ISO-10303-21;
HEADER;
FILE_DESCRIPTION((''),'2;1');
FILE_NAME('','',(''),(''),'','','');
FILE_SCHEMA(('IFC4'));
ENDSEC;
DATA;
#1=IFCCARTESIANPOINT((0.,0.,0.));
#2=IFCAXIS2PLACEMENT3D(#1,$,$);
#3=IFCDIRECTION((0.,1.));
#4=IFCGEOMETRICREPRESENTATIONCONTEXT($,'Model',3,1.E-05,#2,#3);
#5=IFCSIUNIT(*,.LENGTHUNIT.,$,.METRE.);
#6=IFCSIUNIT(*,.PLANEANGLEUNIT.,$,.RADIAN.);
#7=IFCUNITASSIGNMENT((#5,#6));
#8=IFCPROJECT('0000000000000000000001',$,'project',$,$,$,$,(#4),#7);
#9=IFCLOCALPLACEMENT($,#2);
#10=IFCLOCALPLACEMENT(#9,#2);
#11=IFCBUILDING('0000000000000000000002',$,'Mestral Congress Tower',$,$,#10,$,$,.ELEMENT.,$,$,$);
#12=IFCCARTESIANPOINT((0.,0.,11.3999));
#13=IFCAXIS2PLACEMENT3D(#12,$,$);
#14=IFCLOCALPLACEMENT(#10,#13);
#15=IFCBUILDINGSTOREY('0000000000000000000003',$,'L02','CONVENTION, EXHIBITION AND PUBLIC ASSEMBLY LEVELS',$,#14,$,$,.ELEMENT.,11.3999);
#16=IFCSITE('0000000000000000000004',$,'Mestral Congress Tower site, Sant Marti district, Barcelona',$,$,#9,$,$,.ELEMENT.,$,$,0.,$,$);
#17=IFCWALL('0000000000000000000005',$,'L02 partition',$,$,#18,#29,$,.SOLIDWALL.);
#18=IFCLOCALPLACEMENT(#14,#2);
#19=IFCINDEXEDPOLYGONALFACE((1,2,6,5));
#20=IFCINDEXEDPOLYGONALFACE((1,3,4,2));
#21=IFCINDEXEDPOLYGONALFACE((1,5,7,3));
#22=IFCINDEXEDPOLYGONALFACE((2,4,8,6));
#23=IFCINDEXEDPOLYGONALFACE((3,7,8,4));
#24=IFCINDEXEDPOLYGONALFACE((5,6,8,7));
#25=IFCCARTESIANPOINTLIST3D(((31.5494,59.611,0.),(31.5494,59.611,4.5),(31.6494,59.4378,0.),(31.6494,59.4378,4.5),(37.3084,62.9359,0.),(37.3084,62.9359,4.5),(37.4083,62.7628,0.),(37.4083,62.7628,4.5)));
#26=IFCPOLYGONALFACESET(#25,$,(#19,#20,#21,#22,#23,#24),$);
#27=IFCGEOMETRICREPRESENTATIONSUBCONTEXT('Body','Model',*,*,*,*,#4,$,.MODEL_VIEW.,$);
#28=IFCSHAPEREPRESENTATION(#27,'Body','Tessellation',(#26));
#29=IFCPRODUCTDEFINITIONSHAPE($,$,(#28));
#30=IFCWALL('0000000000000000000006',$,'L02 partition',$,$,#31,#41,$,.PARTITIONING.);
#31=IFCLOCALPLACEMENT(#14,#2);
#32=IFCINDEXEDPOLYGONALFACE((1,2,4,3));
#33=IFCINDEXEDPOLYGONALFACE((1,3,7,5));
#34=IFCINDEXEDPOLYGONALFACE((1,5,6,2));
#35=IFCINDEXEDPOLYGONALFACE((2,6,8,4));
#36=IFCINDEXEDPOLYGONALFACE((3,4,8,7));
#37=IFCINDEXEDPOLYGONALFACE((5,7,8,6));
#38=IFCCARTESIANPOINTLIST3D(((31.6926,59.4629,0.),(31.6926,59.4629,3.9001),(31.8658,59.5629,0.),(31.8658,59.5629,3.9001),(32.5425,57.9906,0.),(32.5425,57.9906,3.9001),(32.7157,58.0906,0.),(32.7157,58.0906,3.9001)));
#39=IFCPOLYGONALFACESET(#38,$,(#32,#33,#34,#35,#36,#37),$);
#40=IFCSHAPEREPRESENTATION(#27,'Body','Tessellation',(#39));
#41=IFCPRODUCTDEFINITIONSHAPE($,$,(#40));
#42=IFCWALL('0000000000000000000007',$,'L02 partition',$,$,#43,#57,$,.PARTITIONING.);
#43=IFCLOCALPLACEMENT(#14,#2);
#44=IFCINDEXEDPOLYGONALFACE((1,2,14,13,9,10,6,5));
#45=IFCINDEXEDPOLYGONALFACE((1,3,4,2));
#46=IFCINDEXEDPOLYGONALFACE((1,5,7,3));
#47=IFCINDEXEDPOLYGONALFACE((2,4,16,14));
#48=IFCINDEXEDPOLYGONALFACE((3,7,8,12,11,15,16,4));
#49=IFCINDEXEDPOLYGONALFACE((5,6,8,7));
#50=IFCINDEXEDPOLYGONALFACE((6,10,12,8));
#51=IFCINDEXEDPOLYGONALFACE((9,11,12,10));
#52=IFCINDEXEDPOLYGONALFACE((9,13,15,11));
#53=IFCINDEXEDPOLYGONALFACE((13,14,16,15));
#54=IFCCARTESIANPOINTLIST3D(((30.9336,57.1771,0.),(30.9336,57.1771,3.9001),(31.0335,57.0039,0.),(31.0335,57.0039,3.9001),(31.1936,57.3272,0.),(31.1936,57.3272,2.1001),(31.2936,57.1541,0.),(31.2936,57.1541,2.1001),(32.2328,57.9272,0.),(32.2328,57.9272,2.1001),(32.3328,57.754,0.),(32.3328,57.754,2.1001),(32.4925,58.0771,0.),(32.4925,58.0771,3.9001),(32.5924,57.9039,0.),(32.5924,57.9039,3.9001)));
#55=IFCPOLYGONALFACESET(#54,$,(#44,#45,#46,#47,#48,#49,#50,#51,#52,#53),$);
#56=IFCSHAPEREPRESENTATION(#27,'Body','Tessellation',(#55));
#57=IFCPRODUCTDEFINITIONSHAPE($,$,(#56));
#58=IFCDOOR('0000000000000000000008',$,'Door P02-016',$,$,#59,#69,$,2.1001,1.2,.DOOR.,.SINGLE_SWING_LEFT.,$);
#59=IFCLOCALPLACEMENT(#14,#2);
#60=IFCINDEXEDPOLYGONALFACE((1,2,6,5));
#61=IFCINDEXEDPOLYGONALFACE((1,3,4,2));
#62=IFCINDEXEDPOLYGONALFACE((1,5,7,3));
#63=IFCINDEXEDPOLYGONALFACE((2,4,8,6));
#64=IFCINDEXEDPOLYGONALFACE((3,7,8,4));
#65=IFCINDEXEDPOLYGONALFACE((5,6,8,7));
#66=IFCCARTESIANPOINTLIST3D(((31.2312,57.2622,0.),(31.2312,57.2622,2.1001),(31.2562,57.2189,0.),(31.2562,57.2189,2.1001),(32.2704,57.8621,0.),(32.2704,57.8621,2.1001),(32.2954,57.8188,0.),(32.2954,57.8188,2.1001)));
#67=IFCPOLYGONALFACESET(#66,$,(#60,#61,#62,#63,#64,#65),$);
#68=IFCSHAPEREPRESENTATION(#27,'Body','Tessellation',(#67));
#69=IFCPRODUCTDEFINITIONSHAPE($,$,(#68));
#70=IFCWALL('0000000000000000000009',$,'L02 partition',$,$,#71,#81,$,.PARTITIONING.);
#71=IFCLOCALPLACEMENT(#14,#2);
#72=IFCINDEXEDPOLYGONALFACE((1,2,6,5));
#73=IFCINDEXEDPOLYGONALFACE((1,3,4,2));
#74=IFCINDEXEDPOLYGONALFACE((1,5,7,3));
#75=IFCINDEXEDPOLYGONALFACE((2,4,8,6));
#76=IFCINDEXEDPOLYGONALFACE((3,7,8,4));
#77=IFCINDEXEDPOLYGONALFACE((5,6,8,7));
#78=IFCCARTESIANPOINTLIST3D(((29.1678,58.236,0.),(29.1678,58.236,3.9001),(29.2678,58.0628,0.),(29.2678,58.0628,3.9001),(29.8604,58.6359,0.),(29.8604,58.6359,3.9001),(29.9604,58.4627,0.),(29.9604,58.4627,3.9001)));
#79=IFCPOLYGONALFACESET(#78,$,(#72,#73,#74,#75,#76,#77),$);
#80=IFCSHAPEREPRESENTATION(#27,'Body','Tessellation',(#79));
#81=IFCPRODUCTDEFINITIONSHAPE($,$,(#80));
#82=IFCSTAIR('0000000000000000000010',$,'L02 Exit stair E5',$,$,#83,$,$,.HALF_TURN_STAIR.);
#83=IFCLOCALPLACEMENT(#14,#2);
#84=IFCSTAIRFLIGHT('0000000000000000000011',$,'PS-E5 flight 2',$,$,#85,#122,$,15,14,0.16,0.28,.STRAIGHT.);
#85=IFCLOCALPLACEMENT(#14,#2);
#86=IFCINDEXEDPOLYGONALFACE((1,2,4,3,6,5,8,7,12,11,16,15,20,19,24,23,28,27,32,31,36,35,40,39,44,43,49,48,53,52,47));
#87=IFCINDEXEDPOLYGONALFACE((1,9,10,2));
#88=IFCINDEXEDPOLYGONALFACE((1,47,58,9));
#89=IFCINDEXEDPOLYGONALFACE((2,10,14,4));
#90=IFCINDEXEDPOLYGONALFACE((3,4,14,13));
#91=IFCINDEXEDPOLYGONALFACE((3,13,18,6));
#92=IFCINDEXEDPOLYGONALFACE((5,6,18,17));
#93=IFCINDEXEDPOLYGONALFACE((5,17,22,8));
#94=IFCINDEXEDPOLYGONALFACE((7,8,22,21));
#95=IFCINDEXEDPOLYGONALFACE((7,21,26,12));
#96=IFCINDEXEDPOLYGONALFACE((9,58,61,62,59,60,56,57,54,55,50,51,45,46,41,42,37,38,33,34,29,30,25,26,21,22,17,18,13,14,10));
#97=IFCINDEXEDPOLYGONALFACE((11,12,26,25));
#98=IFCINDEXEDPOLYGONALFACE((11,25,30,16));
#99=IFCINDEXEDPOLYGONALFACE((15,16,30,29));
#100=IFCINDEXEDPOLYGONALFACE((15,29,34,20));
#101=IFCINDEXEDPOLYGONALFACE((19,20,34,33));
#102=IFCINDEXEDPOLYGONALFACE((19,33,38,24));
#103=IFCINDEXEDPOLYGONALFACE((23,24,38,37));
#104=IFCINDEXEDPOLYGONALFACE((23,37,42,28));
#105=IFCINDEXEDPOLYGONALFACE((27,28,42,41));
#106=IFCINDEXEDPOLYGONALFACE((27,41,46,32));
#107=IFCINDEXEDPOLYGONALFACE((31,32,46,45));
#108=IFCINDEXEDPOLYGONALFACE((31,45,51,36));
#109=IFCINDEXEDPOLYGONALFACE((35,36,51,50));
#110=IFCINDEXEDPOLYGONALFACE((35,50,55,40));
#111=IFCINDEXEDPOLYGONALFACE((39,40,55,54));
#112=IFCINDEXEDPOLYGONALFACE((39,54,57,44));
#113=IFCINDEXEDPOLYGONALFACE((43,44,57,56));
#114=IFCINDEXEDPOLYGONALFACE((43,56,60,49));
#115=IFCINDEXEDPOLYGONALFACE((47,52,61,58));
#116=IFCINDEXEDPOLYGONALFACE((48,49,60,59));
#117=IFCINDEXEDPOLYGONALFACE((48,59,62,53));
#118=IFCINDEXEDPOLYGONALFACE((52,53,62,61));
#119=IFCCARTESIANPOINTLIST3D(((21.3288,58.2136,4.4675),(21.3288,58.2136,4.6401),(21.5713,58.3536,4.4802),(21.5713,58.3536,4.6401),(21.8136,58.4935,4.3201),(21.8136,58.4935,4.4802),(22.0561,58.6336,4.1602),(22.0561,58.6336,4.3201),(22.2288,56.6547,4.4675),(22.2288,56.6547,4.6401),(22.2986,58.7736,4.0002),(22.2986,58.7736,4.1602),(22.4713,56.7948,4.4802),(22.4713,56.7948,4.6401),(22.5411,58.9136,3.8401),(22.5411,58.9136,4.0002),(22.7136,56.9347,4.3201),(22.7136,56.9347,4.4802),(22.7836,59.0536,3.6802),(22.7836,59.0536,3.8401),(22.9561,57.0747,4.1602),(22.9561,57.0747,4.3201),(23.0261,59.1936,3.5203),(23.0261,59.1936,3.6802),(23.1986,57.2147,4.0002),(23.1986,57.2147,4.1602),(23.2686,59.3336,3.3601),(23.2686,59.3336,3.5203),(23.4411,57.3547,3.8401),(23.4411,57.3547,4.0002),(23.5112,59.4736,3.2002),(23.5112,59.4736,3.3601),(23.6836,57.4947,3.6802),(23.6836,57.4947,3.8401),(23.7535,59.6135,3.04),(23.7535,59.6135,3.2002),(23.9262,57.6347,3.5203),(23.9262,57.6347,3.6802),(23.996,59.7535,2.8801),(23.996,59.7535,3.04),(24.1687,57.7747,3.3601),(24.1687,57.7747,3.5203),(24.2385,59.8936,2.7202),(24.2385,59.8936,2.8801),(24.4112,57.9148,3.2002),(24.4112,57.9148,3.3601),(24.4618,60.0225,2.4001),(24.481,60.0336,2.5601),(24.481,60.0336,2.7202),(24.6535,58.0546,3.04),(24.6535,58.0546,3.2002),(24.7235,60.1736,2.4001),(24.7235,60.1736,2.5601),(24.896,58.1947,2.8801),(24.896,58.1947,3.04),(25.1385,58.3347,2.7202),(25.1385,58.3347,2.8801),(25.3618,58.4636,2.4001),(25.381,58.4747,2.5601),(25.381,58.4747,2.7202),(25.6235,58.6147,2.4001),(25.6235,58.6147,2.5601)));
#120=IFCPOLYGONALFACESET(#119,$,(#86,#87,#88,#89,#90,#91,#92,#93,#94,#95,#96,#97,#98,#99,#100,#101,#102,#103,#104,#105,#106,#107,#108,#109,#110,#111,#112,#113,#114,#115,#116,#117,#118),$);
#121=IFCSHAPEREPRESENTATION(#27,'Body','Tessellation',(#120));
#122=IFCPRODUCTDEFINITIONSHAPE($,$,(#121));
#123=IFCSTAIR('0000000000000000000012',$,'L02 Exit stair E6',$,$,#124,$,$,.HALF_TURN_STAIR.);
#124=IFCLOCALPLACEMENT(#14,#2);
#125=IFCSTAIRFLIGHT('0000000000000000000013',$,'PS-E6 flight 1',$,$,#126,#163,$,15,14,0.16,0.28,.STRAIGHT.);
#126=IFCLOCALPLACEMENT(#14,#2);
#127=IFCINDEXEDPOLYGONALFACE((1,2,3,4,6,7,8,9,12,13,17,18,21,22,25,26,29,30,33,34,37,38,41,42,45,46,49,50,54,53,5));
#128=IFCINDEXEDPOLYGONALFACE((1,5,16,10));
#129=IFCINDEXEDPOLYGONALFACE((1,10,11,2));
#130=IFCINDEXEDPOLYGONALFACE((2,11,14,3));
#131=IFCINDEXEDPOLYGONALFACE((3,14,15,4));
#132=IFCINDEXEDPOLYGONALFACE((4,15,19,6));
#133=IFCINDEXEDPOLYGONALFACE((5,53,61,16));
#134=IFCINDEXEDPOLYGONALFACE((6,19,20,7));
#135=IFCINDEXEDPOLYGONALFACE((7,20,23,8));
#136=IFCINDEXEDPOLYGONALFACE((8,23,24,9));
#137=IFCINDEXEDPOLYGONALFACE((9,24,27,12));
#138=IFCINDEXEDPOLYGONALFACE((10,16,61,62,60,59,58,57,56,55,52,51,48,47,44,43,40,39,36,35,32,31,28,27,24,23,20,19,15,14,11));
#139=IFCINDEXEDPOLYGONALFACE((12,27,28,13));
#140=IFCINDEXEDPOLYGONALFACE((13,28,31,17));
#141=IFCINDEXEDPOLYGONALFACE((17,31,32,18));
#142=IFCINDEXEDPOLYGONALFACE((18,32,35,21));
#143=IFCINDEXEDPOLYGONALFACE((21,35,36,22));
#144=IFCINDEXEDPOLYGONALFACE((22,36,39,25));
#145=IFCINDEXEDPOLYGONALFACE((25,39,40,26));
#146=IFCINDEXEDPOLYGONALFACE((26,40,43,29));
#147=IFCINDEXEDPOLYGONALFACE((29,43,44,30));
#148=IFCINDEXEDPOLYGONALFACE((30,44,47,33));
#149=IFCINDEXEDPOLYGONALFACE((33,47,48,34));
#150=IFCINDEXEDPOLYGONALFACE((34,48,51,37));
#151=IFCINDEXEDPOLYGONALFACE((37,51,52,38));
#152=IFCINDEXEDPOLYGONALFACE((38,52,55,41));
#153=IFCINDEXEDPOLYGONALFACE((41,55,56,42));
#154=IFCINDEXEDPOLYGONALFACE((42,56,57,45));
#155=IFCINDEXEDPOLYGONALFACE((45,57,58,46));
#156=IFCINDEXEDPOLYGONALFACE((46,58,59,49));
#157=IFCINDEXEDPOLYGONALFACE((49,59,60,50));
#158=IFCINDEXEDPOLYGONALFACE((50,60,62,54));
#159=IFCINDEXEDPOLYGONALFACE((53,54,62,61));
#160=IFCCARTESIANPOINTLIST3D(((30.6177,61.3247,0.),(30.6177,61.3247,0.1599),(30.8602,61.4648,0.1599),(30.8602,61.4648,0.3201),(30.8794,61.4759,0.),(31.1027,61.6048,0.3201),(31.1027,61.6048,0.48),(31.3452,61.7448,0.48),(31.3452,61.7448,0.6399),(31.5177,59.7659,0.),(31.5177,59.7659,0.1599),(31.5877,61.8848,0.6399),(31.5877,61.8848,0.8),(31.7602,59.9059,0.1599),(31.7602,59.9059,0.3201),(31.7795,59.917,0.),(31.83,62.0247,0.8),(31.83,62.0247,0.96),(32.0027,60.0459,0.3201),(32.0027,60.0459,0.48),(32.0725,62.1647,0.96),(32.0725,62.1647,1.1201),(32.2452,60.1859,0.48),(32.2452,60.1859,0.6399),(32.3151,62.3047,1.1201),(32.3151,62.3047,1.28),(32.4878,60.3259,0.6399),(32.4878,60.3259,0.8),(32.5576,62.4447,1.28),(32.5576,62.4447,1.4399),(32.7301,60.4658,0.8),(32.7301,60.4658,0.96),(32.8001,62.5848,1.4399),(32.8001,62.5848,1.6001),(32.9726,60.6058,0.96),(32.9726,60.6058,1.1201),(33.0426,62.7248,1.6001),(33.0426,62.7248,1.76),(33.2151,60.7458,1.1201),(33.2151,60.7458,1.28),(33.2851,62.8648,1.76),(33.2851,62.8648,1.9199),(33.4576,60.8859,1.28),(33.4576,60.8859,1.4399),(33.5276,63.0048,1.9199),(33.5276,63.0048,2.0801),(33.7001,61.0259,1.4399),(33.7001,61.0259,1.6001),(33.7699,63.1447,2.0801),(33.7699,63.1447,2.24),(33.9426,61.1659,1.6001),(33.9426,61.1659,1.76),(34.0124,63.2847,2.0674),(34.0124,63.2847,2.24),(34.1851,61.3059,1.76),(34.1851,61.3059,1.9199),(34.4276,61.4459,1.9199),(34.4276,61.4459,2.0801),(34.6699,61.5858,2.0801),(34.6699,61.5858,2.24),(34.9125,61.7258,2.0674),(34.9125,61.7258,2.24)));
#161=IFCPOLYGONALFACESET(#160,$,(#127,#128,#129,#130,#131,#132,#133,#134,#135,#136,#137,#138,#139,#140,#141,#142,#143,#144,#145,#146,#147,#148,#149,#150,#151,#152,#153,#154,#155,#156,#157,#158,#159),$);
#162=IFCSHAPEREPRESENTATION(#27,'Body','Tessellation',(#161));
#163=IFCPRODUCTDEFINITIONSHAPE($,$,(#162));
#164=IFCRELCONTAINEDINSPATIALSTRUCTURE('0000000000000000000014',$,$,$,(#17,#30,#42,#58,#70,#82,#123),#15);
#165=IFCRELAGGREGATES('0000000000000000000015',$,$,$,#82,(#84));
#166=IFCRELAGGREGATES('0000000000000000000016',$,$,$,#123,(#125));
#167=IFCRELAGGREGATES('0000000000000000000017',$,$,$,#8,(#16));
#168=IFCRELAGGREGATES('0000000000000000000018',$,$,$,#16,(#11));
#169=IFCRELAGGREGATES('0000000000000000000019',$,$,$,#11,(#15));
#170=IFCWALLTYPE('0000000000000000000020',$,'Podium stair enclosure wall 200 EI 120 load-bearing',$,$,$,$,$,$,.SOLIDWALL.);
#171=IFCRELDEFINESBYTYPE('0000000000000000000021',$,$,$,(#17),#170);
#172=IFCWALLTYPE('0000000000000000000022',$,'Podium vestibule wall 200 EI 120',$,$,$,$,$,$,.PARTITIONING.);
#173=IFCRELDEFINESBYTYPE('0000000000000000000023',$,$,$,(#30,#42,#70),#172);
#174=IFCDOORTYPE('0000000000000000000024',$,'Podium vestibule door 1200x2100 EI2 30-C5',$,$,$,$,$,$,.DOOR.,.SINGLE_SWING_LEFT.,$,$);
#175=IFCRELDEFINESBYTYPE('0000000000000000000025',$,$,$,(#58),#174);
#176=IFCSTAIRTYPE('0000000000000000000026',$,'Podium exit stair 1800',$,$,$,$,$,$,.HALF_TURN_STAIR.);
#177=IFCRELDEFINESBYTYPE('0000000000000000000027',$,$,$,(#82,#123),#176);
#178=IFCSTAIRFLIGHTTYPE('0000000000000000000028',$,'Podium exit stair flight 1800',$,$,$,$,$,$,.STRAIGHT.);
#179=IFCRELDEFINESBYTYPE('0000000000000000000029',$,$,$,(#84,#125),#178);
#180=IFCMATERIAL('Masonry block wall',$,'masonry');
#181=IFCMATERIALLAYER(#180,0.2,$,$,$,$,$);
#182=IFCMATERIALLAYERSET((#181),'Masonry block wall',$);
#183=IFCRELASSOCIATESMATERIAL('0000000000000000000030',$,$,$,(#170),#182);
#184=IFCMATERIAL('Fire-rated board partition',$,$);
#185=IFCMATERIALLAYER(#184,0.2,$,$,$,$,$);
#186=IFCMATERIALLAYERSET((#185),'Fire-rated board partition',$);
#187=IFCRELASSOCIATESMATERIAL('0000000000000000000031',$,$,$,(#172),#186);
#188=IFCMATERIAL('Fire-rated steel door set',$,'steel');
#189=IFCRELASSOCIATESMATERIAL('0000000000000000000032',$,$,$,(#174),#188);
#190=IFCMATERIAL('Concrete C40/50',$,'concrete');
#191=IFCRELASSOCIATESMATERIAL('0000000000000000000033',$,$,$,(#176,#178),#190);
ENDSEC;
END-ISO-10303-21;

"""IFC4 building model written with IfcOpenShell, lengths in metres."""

from ifc_helpers import new_model, si_unit, direction, frame, frame_2d, origin, place, context, subcontext, project, spatial, polyline, rectangle, outline, extrude, material, layer, layer_set, type_object, element, fill, aggregate, save


model = new_model("IFC4")

# Units and contexts
model_context = context("Model", 3, precision=1e-05, world=origin(), true_north=direction((0.0, 1.0)))
body_context = subcontext(model_context, "Body", "Model", "MODEL_VIEW")
ifc_project = project(units=[si_unit("LENGTHUNIT", "METRE"), si_unit("PLANEANGLEUNIT", "RADIAN")], contexts=[model_context])

# Site, building, storey
site_placement = place(None, origin())
site = spatial("IfcSite", under=ifc_project, at=site_placement, Name="Mestral Congress Tower site, Sant Marti district, Barcelona", CompositionType="ELEMENT", RefElevation=0.0)
building_placement = place(site_placement, origin())
building = spatial("IfcBuilding", under=site, at=building_placement, Name="Mestral Congress Tower", CompositionType="ELEMENT")
storey_placement = place(building_placement, frame((0.0, 0.0, 11.3999)))
storey = spatial("IfcBuildingStorey", under=building, at=storey_placement, Name="L02", Description="CONVENTION, EXHIBITION AND PUBLIC ASSEMBLY LEVELS", CompositionType="ELEMENT", Elevation=11.3999)

# Shared definitions
ifc_material_1 = material(Name="Masonry block wall", Category="masonry")
ifc_layer_1 = layer(ifc_material_1, 0.2)
ifc_layer_set_1 = layer_set([ifc_layer_1], Name="Masonry block wall")
wall_type_1 = type_object("IfcWallType", Name="Podium stair enclosure wall 200 EI 120 load-bearing", PredefinedType="SOLIDWALL", material=ifc_layer_set_1)

# Shared definitions
ifc_material_2 = material(Name="Fire-rated steel door set", Category="steel")

# Walls
wall_1_placement = place(storey_placement, frame((31.5994, 59.5244, 0.0), z_axis=(0.0, 0.0, 1.0), x_axis=(0.866027, 0.499997, 0.0)))
element("IfcWall", 1, at=wall_1_placement, inside=storey, type_object=wall_type_1, Name="L02 partition", PredefinedType="SOLIDWALL", context=body_context, shape_type="SweptSolid", body=[
    extrude(rectangle(XDim=6.6499, YDim=0.2, at=frame_2d((3.325, 0.0))), origin(), (0.0, 0.0, 1.0), 4.5),
])
ifc_material_3 = material(Name="Fire-rated board partition")
ifc_layer_2 = layer(ifc_material_3, 0.2)
ifc_layer_set_2 = layer_set([ifc_layer_2], Name="Fire-rated board partition")
wall_type_2 = type_object("IfcWallType", Name="Podium vestibule wall 200 EI 120", PredefinedType="PARTITIONING", material=ifc_layer_set_2)
wall_2_placement = place(storey_placement, frame((32.6292, 58.0405, 0.0), z_axis=(0.0, 0.0, 1.0), x_axis=(-0.499955, 0.866052, 0.0)))
element("IfcWall", 2, at=wall_2_placement, inside=storey, type_object=wall_type_2, Name="L02 partition", PredefinedType="PARTITIONING", context=body_context, shape_type="SweptSolid", body=[
    extrude(rectangle(XDim=1.7, YDim=0.2, at=frame_2d((0.8501, 0.0))), origin(), (0.0, 0.0, 1.0), 3.9001),
])

# Wall, opening, door
wall_3_placement = place(storey_placement, frame((30.9836, 57.0906, 0.0), z_axis=(0.0, 0.0, 1.0), x_axis=(0.866048, 0.499961, 0.0)))
wall_3 = element("IfcWall", 3, at=wall_3_placement, inside=storey, type_object=wall_type_2, Name="L02 partition", PredefinedType="PARTITIONING", context=body_context, shape_type="SweptSolid", body=[
    extrude(rectangle(XDim=1.8, YDim=0.2, at=frame_2d((0.8999, 0.0))), origin(), (0.0, 0.0, 1.0), 3.9001),
])
opening_1_placement = place(wall_3_placement, frame((0.3, 0.0, 0.0)))
opening_1 = element("IfcOpeningElement", 4, at=opening_1_placement, cuts=wall_3, PredefinedType="OPENING", context=body_context, shape_type="SweptSolid", body=[
    extrude(rectangle(XDim=1.2, YDim=2.1001, at=frame_2d((0.6001, 1.05))), frame((0.0, 0.1099, 0.0), z_axis=(0.0, -1.0, 0.0), x_axis=(1.0, 0.0, 0.0)), (0.0, 0.0, 1.0), 0.22),
])
door_type_1 = type_object("IfcDoorType", Name="Podium vestibule door 1200x2100 EI2 30-C5", OperationType="SINGLE_SWING_LEFT", PredefinedType="DOOR", material=ifc_material_2)
door_1_placement = place(opening_1_placement, origin())
door_1 = element("IfcDoor", 5, at=door_1_placement, inside=storey, type_object=door_type_1, Name="Door P02-016", OperationType="SINGLE_SWING_LEFT", OverallHeight=2.1001, OverallWidth=1.2, PredefinedType="DOOR", context=body_context, shape_type="SweptSolid", body=[
    extrude(rectangle(XDim=1.2, YDim=2.1001, at=frame_2d((0.6001, 1.05))), frame((0.0, 0.0249, 0.0), z_axis=(0.0, -1.0, 0.0), x_axis=(1.0, 0.0, 0.0)), (0.0, 0.0, 1.0), 0.05),
])
fill(opening_1, door_1)

# Wall
wall_4_placement = place(storey_placement, frame((29.2178, 58.1494, 0.0), z_axis=(0.0, 0.0, 1.0), x_axis=(0.866018, 0.500013, 0.0)))
element("IfcWall", 6, at=wall_4_placement, inside=storey, type_object=wall_type_2, Name="L02 partition", PredefinedType="PARTITIONING", context=body_context, shape_type="SweptSolid", body=[
    extrude(rectangle(XDim=0.7998, YDim=0.2, at=frame_2d((0.3999, 0.0))), origin(), (0.0, 0.0, 1.0), 3.9001),
])

# Stair, stair flight
ifc_material_4 = material(Name="Concrete C40/50", Category="concrete")
stair_type = type_object("IfcStairType", Name="Podium exit stair 1800", PredefinedType="HALF_TURN_STAIR", material=ifc_material_4)
placement = place(storey_placement, origin())
stair_1 = element("IfcStair", 7, at=placement, inside=storey, type_object=stair_type, Name="L02 Exit stair E5", PredefinedType="HALF_TURN_STAIR")
stair_flight_type = type_object("IfcStairFlightType", Name="Podium exit stair flight 1800", PredefinedType="STRAIGHT", material=ifc_material_4)
stair_flight_1_placement = place(storey_placement, frame((25.1736, 59.394, 2.4001), z_axis=(0.0, 0.0, 1.0), x_axis=(-0.866025, -0.5, 0.0)))
stair_flight_1 = element("IfcStairFlight", 8, at=stair_flight_1_placement, type_object=stair_flight_type, Name="PS-E5 flight 2", NumberOfRisers=15, NumberOfTreads=14, PredefinedType="STRAIGHT", RiserHeight=0.16, TreadLength=0.28, context=body_context, shape_type="SweptSolid", body=[
    extrude(outline(polyline([(0.0, 0.0), (0.0, 0.1599), (0.28, 0.1599), (0.28, 0.3201), (0.5601, 0.3201), (0.5601, 0.48), (0.8401, 0.48), (0.8401, 0.6399), (1.1201, 0.6399), (1.1201, 0.8), (1.3999, 0.8), (1.3999, 0.96), (1.6799, 0.96), (1.6799, 1.1201), (1.96, 1.1201), (1.96, 1.28), (2.24, 1.28), (2.24, 1.4399), (2.52, 1.4399), (2.52, 1.6001), (2.8, 1.6001), (2.8, 1.76), (3.0801, 1.76), (3.0801, 1.9199), (3.3601, 1.9199), (3.3601, 2.0801), (3.6399, 2.0801), (3.6399, 2.24), (3.9199, 2.24), (3.9199, 2.3999), (3.9199, 2.0674), (0.3022, 0.0), (0.0, 0.0)])), frame((0.0, 0.8999, 0.0), z_axis=(0.0, -1.0, 0.0), x_axis=(1.0, 0.0, 0.0)), (0.0, 0.0, 1.0), 1.8),
])
aggregate(stair_1, [stair_flight_1])

# Stair, stair flight
stair_2 = element("IfcStair", 9, at=placement, inside=storey, type_object=stair_type, Name="L02 Exit stair E6", PredefinedType="HALF_TURN_STAIR")
stair_flight_2_placement = place(storey_placement, frame((31.0676, 60.5454, 0.0), z_axis=(0.0, 0.0, 1.0), x_axis=(0.866025, 0.5, 0.0)))
stair_flight_2 = element("IfcStairFlight", 10, at=stair_flight_2_placement, type_object=stair_flight_type, Name="PS-E6 flight 1", NumberOfRisers=15, NumberOfTreads=14, PredefinedType="STRAIGHT", RiserHeight=0.16, TreadLength=0.28, context=body_context, shape_type="SweptSolid", body=[
    extrude(outline(polyline([(0.0, 0.0), (0.0, 0.1599), (0.28, 0.1599), (0.28, 0.3201), (0.5601, 0.3201), (0.5601, 0.48), (0.8401, 0.48), (0.8401, 0.6399), (1.1201, 0.6399), (1.1201, 0.8), (1.3999, 0.8), (1.3999, 0.96), (1.6799, 0.96), (1.6799, 1.1201), (1.96, 1.1201), (1.96, 1.28), (2.24, 1.28), (2.24, 1.4399), (2.52, 1.4399), (2.52, 1.6001), (2.8, 1.6001), (2.8, 1.76), (3.0801, 1.76), (3.0801, 1.9199), (3.3601, 1.9199), (3.3601, 2.0801), (3.6399, 2.0801), (3.6399, 2.24), (3.9199, 2.24), (3.9199, 2.3999), (3.9199, 2.0674), (0.3022, 0.0), (0.0, 0.0)])), frame((0.0, 0.8999, 0.0), z_axis=(0.0, -1.0, 0.0), x_axis=(1.0, 0.0, 0.0)), (0.0, 0.0, 1.0), 1.8),
])
aggregate(stair_2, [stair_flight_2])

save(model, "model.ifc")
